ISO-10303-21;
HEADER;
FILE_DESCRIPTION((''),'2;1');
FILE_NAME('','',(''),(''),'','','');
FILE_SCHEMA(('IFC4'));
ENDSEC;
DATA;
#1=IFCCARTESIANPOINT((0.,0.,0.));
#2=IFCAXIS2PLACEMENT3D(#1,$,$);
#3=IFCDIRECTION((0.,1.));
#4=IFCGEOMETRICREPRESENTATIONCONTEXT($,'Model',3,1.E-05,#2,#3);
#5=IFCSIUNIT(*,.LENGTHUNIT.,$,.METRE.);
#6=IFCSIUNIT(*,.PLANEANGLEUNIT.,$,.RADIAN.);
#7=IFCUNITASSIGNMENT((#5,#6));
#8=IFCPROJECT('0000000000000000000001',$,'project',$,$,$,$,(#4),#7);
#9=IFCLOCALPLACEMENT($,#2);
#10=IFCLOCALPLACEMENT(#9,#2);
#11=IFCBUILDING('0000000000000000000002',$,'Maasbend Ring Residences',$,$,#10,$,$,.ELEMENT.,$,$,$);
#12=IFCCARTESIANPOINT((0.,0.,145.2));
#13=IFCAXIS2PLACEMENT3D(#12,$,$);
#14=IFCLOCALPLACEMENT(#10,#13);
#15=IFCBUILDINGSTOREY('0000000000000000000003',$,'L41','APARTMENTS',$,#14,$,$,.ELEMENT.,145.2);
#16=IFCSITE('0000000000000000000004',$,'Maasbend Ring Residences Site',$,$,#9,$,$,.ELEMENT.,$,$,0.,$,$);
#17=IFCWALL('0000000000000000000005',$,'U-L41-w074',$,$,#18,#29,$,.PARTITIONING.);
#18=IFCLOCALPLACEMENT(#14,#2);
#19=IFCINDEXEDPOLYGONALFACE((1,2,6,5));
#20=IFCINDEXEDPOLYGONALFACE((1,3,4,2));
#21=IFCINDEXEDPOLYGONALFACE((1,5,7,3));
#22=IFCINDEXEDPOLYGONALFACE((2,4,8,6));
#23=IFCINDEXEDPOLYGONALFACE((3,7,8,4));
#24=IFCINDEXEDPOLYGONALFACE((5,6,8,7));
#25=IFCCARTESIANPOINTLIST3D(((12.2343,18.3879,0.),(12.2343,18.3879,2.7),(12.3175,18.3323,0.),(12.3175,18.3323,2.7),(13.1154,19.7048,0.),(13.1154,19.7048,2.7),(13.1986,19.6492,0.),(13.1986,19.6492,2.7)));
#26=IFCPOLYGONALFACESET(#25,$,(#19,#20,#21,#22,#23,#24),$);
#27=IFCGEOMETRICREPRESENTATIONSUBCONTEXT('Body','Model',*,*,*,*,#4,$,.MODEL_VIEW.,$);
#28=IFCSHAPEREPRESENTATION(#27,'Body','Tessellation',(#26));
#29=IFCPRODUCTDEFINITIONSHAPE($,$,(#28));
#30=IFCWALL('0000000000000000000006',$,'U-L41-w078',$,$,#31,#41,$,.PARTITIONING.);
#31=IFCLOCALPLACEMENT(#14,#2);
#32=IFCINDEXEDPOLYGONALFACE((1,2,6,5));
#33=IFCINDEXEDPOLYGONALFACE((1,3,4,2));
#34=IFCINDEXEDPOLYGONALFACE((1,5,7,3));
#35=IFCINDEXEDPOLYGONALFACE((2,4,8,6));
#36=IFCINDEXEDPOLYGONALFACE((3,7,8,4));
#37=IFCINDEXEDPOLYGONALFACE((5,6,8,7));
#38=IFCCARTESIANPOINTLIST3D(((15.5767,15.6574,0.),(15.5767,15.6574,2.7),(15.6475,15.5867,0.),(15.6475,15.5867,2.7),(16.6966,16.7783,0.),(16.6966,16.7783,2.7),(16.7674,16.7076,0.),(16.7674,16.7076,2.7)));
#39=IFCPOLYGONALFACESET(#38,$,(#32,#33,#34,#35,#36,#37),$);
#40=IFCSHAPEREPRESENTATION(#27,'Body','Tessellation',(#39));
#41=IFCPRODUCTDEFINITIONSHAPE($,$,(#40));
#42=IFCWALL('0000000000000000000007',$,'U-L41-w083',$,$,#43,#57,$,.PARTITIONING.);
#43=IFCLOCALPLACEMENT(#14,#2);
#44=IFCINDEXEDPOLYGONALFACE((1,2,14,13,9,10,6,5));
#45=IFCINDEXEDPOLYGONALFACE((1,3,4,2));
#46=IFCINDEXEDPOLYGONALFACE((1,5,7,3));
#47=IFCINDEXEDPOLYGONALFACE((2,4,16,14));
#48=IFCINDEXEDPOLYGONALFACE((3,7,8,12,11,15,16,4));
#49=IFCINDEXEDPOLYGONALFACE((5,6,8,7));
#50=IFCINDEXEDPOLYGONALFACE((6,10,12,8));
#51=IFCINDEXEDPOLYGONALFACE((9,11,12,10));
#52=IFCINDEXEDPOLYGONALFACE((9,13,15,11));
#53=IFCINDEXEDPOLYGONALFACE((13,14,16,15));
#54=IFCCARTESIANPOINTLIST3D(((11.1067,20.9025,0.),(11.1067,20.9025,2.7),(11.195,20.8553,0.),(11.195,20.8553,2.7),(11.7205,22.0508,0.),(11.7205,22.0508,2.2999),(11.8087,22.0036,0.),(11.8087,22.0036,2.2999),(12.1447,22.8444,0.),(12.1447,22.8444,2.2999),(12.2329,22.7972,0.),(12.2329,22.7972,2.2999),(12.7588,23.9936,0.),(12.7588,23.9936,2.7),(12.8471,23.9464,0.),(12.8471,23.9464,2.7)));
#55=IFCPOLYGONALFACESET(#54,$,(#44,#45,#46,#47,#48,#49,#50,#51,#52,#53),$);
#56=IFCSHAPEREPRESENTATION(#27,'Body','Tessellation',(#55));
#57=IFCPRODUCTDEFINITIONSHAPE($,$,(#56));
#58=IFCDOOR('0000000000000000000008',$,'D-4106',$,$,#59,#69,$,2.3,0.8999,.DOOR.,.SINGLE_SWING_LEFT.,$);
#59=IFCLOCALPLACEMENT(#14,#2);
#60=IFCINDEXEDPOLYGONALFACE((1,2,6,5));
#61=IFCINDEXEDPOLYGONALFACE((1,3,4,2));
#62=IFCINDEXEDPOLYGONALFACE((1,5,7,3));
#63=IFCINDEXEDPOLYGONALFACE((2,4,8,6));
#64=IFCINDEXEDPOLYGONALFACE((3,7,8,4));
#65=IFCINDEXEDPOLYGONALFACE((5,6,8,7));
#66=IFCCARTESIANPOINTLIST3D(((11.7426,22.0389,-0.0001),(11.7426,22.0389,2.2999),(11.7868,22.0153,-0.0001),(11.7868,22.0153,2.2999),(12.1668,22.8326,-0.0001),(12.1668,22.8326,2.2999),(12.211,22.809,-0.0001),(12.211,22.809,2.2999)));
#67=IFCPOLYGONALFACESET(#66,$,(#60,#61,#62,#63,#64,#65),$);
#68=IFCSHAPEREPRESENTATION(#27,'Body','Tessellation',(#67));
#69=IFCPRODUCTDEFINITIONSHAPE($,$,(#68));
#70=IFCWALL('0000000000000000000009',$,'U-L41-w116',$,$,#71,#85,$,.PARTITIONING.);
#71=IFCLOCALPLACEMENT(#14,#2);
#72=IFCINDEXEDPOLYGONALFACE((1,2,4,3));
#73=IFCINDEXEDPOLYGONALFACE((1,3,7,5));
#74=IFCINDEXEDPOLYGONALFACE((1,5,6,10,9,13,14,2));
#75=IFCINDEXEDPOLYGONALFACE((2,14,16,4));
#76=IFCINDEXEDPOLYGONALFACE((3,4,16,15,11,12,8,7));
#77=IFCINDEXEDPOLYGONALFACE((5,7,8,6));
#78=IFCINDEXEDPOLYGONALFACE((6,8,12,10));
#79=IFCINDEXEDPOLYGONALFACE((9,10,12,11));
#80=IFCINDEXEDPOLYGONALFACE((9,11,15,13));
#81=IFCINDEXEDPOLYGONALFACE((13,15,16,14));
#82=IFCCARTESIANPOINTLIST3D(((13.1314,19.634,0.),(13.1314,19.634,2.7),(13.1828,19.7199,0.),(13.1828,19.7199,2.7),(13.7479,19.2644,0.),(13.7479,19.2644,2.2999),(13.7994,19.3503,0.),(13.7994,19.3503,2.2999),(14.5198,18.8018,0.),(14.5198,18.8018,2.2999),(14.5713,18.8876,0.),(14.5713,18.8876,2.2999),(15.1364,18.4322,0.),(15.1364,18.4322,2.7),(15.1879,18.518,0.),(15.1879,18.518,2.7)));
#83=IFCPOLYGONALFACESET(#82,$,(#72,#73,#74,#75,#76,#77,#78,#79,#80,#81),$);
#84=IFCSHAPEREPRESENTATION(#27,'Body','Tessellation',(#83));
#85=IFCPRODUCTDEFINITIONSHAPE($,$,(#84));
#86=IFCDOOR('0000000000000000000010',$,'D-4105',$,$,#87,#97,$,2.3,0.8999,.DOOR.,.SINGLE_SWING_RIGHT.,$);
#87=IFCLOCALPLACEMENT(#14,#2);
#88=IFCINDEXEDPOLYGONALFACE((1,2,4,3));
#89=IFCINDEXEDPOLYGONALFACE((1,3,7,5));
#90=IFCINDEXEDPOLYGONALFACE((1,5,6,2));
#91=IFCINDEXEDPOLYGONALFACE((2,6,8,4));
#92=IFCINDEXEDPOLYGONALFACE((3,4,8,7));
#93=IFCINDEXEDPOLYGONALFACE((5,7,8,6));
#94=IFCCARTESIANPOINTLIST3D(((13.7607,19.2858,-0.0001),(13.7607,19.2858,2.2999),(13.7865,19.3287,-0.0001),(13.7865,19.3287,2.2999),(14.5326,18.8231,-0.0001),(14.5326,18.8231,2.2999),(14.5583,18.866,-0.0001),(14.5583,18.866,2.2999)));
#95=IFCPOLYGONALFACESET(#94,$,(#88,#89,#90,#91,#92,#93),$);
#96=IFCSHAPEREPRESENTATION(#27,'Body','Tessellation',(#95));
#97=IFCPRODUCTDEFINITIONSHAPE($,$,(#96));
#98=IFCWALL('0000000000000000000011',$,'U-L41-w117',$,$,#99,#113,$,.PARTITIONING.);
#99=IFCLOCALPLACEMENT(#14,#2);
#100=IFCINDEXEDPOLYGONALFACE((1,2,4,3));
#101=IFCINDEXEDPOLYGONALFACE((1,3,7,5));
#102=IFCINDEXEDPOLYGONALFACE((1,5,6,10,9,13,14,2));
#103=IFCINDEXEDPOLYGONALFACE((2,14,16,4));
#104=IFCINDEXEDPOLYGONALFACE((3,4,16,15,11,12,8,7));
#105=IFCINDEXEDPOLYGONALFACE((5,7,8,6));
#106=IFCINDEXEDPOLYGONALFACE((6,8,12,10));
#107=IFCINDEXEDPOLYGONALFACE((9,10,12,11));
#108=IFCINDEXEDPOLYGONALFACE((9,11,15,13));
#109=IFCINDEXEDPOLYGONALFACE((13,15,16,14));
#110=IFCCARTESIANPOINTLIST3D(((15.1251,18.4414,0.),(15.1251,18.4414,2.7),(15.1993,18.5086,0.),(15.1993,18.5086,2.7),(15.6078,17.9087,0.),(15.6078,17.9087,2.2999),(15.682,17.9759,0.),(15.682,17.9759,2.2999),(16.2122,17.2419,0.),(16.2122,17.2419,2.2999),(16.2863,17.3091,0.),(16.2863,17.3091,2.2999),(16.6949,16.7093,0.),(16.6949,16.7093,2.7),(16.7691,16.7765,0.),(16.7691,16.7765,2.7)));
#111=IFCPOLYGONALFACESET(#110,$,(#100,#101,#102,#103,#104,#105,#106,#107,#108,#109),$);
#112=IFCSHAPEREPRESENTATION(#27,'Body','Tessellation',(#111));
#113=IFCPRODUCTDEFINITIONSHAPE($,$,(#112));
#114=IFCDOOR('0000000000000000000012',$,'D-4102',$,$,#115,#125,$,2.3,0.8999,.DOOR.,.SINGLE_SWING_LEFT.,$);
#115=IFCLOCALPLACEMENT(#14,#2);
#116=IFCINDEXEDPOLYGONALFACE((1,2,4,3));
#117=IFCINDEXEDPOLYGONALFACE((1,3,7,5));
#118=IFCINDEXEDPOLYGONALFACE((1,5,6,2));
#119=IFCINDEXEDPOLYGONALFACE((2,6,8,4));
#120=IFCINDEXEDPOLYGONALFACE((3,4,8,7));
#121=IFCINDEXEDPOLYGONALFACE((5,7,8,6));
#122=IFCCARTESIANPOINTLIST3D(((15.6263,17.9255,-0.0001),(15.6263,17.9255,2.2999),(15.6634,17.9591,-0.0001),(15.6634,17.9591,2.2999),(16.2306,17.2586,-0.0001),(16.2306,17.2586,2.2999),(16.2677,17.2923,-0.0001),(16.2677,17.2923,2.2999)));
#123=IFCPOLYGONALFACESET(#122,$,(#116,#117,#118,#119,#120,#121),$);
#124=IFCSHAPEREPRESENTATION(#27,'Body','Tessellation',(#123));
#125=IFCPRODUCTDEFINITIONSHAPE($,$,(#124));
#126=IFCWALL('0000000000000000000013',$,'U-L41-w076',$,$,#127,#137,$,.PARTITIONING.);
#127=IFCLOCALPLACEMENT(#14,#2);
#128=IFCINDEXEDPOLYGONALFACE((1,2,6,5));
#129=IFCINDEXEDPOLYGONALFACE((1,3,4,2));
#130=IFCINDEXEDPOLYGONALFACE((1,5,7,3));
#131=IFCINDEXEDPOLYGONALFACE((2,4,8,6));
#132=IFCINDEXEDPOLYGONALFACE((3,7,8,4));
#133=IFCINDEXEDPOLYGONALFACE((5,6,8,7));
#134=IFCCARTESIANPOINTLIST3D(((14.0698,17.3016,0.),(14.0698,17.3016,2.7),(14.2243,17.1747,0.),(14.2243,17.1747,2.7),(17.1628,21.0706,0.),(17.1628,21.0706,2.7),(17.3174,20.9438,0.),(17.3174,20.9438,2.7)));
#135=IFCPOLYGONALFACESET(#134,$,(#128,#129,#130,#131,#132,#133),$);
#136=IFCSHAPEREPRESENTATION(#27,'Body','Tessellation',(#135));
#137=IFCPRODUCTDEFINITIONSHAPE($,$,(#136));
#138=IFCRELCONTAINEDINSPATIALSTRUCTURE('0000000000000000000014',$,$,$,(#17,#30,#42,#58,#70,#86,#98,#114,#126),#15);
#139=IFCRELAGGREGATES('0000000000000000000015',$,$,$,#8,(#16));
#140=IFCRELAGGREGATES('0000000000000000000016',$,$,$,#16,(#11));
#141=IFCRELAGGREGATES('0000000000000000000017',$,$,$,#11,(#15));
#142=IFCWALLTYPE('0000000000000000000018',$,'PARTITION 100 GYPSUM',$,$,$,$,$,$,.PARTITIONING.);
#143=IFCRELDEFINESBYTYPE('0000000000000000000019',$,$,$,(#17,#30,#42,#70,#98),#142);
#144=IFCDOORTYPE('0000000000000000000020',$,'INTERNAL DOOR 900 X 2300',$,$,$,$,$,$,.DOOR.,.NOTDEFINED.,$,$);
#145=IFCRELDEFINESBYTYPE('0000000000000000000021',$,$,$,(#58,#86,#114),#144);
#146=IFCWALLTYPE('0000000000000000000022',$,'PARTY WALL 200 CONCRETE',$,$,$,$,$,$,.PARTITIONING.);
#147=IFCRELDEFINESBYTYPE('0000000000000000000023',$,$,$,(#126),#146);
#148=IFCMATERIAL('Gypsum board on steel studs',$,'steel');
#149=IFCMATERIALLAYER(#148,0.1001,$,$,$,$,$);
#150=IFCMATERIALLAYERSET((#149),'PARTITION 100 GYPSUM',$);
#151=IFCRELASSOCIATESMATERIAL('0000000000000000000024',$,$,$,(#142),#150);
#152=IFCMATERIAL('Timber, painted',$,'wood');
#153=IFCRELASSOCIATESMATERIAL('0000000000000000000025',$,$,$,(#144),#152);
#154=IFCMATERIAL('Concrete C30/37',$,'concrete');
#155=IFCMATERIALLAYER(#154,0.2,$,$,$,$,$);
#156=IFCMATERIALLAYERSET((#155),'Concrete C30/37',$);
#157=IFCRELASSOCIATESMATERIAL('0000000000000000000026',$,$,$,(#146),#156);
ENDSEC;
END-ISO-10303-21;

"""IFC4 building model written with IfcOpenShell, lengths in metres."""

from ifc_helpers import new_model, si_unit, direction, frame, frame_2d, origin, place, context, subcontext, project, spatial, rectangle, extrude, material, layer, layer_set, type_object, element, fill, save


model = new_model("IFC4")

# Units and contexts
model_context = context("Model", 3, precision=1e-05, world=origin(), true_north=direction((0.0, 1.0)))
body_context = subcontext(model_context, "Body", "Model", "MODEL_VIEW")
ifc_project = project(units=[si_unit("LENGTHUNIT", "METRE"), si_unit("PLANEANGLEUNIT", "RADIAN")], contexts=[model_context])

# Site, building, storey
site_placement = place(None, origin())
site = spatial("IfcSite", under=ifc_project, at=site_placement, Name="Maasbend Ring Residences Site", CompositionType="ELEMENT", RefElevation=0.0)
building_placement = place(site_placement, origin())
building = spatial("IfcBuilding", under=site, at=building_placement, Name="Maasbend Ring Residences", CompositionType="ELEMENT")
storey_placement = place(building_placement, frame((0.0, 0.0, 145.2)))
storey = spatial("IfcBuildingStorey", under=building, at=storey_placement, Name="L41", Description="APARTMENTS", CompositionType="ELEMENT", Elevation=145.2)

# Walls
ifc_material_1 = material(Name="Gypsum board on steel studs", Category="steel")
ifc_layer_1 = layer(ifc_material_1, 0.1001)
ifc_layer_set_1 = layer_set([ifc_layer_1], Name="PARTITION 100 GYPSUM")
wall_type_1 = type_object("IfcWallType", Name="PARTITION 100 GYPSUM", PredefinedType="PARTITIONING", material=ifc_layer_set_1)
for number, where, z_axis, x_axis, name in (
    (1, (12.2759, 18.3601, 0.0), (0.0, 0.0, 1.0), (0.556086, 0.831125, 0.0), "U-L41-w074"),
    (2, (15.6121, 15.6221, 0.0), (0.0, 0.0, 1.0), (0.706799, 0.707415, 0.0), "U-L41-w078"),
):
    element("IfcWall", number, at=place(storey_placement, frame(where, z_axis=z_axis, x_axis=x_axis)), inside=storey, type_object=wall_type_1, Name=name, PredefinedType="PARTITIONING", context=body_context, shape_type="SweptSolid", body=[
        extrude(rectangle(XDim=1.5845, YDim=0.1001, at=frame_2d((0.7922, 0.0))), origin(), (0.0, 0.0, 1.0), 2.7),
    ])

# Walls, openings, doors
wall_1_placement = place(storey_placement, frame((11.1509, 20.8789, 0.0), z_axis=(0.0, 0.0, 1.0), x_axis=(0.471373, 0.881934, 0.0)))
wall_1 = element("IfcWall", 3, at=wall_1_placement, inside=storey, type_object=wall_type_1, Name="U-L41-w083", PredefinedType="PARTITIONING", context=body_context, shape_type="SweptSolid", body=[
    extrude(rectangle(XDim=3.5049, YDim=0.1001, at=frame_2d((1.7524, 0.0))), origin(), (0.0, 0.0, 1.0), 2.7),
])
opening_1_placement = place(wall_1_placement, frame((1.302, 0.0, 0.0)))
opening_1 = element("IfcOpeningElement", 4, at=opening_1_placement, cuts=wall_1, PredefinedType="OPENING", context=body_context, shape_type="SweptSolid", body=[
    extrude(rectangle(XDim=0.8999, YDim=2.3, at=frame_2d((0.45, 1.1499))), frame((0.0, 0.0601, 0.0), z_axis=(0.0, -1.0, 0.0), x_axis=(1.0, 0.0, 0.0)), (0.0, 0.0, 1.0), 0.1201),
])
ifc_material_2 = material(Name="Timber, painted", Category="wood")
door_type_1 = type_object("IfcDoorType", Name="INTERNAL DOOR 900 X 2300", OperationType="NOTDEFINED", PredefinedType="DOOR", material=ifc_material_2)
door_1_placement = place(opening_1_placement, origin())
door_1 = element("IfcDoor", 5, at=door_1_placement, inside=storey, type_object=door_type_1, Name="D-4106", OperationType="SINGLE_SWING_LEFT", OverallHeight=2.3, OverallWidth=0.8999, PredefinedType="DOOR", context=body_context, shape_type="SweptSolid", body=[
    extrude(rectangle(XDim=0.8999, YDim=2.3, at=frame_2d((0.45, 1.1499))), frame((0.0, 0.0249, 0.0), z_axis=(0.0, -1.0, 0.0), x_axis=(1.0, 0.0, 0.0)), (0.0, 0.0, 1.0), 0.05),
])
fill(opening_1, door_1)
wall_2_placement = place(storey_placement, frame((13.157, 19.677, 0.0), z_axis=(0.0, 0.0, 1.0), x_axis=(0.857714, -0.514127, 0.0)))
wall_2 = element("IfcWall", 6, at=wall_2_placement, inside=storey, type_object=wall_type_1, Name="U-L41-w116", PredefinedType="PARTITIONING", context=body_context, shape_type="SweptSolid", body=[
    extrude(rectangle(XDim=2.3376, YDim=0.1001, at=frame_2d((1.1689, 0.0))), origin(), (0.0, 0.0, 1.0), 2.7),
])
opening_2_placement = place(wall_2_placement, frame((0.719, 0.0, 0.0)))
opening_2 = element("IfcOpeningElement", 7, at=opening_2_placement, cuts=wall_2, PredefinedType="OPENING", context=body_context, shape_type="SweptSolid", body=[
    extrude(rectangle(XDim=0.8999, YDim=2.3, at=frame_2d((0.45, 1.1499))), frame((0.0, 0.0601, 0.0), z_axis=(0.0, -1.0, 0.0), x_axis=(1.0, 0.0, 0.0)), (0.0, 0.0, 1.0), 0.1201),
])
door_2_placement = place(opening_2_placement, origin())
door_2 = element("IfcDoor", 8, at=door_2_placement, inside=storey, type_object=door_type_1, Name="D-4105", OperationType="SINGLE_SWING_RIGHT", OverallHeight=2.3, OverallWidth=0.8999, PredefinedType="DOOR", context=body_context, shape_type="SweptSolid", body=[
    extrude(rectangle(XDim=0.8999, YDim=2.3, at=frame_2d((0.45, 1.1499))), frame((0.0, 0.0249, 0.0), z_axis=(0.0, -1.0, 0.0), x_axis=(1.0, 0.0, 0.0)), (0.0, 0.0, 1.0), 0.05),
])
fill(opening_2, door_2)
wall_3_placement = place(storey_placement, frame((15.1621, 18.4751, 0.0), z_axis=(0.0, 0.0, 1.0), x_axis=(0.671528, -0.740979, 0.0)))
wall_3 = element("IfcWall", 9, at=wall_3_placement, inside=storey, type_object=wall_type_1, Name="U-L41-w117", PredefinedType="PARTITIONING", context=body_context, shape_type="SweptSolid", body=[
    extrude(rectangle(XDim=2.3376, YDim=0.1001, at=frame_2d((1.1689, 0.0))), origin(), (0.0, 0.0, 1.0), 2.7),
])
opening_3_placement = place(wall_3_placement, frame((0.719, 0.0, 0.0)))
opening_3 = element("IfcOpeningElement", 10, at=opening_3_placement, cuts=wall_3, PredefinedType="OPENING", context=body_context, shape_type="SweptSolid", body=[
    extrude(rectangle(XDim=0.8999, YDim=2.3, at=frame_2d((0.45, 1.1499))), frame((0.0, 0.0601, 0.0), z_axis=(0.0, -1.0, 0.0), x_axis=(1.0, 0.0, 0.0)), (0.0, 0.0, 1.0), 0.1201),
])
door_3_placement = place(opening_3_placement, origin())
door_3 = element("IfcDoor", 11, at=door_3_placement, inside=storey, type_object=door_type_1, Name="D-4102", OperationType="SINGLE_SWING_LEFT", OverallHeight=2.3, OverallWidth=0.8999, PredefinedType="DOOR", context=body_context, shape_type="SweptSolid", body=[
    extrude(rectangle(XDim=0.8999, YDim=2.3, at=frame_2d((0.45, 1.1499))), frame((0.0, 0.0249, 0.0), z_axis=(0.0, -1.0, 0.0), x_axis=(1.0, 0.0, 0.0)), (0.0, 0.0, 1.0), 0.05),
])
fill(opening_3, door_3)

# Wall
ifc_material_3 = material(Name="Concrete C30/37", Category="concrete")
ifc_layer_2 = layer(ifc_material_3, 0.2)
ifc_layer_set_2 = layer_set([ifc_layer_2], Name="Concrete C30/37")
wall_type_2 = type_object("IfcWallType", Name="PARTY WALL 200 CONCRETE", PredefinedType="PARTITIONING", material=ifc_layer_set_2)
wall_4_placement = place(storey_placement, frame((14.147, 17.238, 0.0), z_axis=(0.0, 0.0, 1.0), x_axis=(0.634374, 0.773026, 0.0)))
element("IfcWall", 12, at=wall_4_placement, inside=storey, type_object=wall_type_2, Name="U-L41-w076", PredefinedType="PARTITIONING", context=body_context, shape_type="SweptSolid", body=[
    extrude(rectangle(XDim=4.8757, YDim=0.2, at=frame_2d((2.438, 0.0))), origin(), (0.0, 0.0, 1.0), 2.7),
])

save(model, "model.ifc")
